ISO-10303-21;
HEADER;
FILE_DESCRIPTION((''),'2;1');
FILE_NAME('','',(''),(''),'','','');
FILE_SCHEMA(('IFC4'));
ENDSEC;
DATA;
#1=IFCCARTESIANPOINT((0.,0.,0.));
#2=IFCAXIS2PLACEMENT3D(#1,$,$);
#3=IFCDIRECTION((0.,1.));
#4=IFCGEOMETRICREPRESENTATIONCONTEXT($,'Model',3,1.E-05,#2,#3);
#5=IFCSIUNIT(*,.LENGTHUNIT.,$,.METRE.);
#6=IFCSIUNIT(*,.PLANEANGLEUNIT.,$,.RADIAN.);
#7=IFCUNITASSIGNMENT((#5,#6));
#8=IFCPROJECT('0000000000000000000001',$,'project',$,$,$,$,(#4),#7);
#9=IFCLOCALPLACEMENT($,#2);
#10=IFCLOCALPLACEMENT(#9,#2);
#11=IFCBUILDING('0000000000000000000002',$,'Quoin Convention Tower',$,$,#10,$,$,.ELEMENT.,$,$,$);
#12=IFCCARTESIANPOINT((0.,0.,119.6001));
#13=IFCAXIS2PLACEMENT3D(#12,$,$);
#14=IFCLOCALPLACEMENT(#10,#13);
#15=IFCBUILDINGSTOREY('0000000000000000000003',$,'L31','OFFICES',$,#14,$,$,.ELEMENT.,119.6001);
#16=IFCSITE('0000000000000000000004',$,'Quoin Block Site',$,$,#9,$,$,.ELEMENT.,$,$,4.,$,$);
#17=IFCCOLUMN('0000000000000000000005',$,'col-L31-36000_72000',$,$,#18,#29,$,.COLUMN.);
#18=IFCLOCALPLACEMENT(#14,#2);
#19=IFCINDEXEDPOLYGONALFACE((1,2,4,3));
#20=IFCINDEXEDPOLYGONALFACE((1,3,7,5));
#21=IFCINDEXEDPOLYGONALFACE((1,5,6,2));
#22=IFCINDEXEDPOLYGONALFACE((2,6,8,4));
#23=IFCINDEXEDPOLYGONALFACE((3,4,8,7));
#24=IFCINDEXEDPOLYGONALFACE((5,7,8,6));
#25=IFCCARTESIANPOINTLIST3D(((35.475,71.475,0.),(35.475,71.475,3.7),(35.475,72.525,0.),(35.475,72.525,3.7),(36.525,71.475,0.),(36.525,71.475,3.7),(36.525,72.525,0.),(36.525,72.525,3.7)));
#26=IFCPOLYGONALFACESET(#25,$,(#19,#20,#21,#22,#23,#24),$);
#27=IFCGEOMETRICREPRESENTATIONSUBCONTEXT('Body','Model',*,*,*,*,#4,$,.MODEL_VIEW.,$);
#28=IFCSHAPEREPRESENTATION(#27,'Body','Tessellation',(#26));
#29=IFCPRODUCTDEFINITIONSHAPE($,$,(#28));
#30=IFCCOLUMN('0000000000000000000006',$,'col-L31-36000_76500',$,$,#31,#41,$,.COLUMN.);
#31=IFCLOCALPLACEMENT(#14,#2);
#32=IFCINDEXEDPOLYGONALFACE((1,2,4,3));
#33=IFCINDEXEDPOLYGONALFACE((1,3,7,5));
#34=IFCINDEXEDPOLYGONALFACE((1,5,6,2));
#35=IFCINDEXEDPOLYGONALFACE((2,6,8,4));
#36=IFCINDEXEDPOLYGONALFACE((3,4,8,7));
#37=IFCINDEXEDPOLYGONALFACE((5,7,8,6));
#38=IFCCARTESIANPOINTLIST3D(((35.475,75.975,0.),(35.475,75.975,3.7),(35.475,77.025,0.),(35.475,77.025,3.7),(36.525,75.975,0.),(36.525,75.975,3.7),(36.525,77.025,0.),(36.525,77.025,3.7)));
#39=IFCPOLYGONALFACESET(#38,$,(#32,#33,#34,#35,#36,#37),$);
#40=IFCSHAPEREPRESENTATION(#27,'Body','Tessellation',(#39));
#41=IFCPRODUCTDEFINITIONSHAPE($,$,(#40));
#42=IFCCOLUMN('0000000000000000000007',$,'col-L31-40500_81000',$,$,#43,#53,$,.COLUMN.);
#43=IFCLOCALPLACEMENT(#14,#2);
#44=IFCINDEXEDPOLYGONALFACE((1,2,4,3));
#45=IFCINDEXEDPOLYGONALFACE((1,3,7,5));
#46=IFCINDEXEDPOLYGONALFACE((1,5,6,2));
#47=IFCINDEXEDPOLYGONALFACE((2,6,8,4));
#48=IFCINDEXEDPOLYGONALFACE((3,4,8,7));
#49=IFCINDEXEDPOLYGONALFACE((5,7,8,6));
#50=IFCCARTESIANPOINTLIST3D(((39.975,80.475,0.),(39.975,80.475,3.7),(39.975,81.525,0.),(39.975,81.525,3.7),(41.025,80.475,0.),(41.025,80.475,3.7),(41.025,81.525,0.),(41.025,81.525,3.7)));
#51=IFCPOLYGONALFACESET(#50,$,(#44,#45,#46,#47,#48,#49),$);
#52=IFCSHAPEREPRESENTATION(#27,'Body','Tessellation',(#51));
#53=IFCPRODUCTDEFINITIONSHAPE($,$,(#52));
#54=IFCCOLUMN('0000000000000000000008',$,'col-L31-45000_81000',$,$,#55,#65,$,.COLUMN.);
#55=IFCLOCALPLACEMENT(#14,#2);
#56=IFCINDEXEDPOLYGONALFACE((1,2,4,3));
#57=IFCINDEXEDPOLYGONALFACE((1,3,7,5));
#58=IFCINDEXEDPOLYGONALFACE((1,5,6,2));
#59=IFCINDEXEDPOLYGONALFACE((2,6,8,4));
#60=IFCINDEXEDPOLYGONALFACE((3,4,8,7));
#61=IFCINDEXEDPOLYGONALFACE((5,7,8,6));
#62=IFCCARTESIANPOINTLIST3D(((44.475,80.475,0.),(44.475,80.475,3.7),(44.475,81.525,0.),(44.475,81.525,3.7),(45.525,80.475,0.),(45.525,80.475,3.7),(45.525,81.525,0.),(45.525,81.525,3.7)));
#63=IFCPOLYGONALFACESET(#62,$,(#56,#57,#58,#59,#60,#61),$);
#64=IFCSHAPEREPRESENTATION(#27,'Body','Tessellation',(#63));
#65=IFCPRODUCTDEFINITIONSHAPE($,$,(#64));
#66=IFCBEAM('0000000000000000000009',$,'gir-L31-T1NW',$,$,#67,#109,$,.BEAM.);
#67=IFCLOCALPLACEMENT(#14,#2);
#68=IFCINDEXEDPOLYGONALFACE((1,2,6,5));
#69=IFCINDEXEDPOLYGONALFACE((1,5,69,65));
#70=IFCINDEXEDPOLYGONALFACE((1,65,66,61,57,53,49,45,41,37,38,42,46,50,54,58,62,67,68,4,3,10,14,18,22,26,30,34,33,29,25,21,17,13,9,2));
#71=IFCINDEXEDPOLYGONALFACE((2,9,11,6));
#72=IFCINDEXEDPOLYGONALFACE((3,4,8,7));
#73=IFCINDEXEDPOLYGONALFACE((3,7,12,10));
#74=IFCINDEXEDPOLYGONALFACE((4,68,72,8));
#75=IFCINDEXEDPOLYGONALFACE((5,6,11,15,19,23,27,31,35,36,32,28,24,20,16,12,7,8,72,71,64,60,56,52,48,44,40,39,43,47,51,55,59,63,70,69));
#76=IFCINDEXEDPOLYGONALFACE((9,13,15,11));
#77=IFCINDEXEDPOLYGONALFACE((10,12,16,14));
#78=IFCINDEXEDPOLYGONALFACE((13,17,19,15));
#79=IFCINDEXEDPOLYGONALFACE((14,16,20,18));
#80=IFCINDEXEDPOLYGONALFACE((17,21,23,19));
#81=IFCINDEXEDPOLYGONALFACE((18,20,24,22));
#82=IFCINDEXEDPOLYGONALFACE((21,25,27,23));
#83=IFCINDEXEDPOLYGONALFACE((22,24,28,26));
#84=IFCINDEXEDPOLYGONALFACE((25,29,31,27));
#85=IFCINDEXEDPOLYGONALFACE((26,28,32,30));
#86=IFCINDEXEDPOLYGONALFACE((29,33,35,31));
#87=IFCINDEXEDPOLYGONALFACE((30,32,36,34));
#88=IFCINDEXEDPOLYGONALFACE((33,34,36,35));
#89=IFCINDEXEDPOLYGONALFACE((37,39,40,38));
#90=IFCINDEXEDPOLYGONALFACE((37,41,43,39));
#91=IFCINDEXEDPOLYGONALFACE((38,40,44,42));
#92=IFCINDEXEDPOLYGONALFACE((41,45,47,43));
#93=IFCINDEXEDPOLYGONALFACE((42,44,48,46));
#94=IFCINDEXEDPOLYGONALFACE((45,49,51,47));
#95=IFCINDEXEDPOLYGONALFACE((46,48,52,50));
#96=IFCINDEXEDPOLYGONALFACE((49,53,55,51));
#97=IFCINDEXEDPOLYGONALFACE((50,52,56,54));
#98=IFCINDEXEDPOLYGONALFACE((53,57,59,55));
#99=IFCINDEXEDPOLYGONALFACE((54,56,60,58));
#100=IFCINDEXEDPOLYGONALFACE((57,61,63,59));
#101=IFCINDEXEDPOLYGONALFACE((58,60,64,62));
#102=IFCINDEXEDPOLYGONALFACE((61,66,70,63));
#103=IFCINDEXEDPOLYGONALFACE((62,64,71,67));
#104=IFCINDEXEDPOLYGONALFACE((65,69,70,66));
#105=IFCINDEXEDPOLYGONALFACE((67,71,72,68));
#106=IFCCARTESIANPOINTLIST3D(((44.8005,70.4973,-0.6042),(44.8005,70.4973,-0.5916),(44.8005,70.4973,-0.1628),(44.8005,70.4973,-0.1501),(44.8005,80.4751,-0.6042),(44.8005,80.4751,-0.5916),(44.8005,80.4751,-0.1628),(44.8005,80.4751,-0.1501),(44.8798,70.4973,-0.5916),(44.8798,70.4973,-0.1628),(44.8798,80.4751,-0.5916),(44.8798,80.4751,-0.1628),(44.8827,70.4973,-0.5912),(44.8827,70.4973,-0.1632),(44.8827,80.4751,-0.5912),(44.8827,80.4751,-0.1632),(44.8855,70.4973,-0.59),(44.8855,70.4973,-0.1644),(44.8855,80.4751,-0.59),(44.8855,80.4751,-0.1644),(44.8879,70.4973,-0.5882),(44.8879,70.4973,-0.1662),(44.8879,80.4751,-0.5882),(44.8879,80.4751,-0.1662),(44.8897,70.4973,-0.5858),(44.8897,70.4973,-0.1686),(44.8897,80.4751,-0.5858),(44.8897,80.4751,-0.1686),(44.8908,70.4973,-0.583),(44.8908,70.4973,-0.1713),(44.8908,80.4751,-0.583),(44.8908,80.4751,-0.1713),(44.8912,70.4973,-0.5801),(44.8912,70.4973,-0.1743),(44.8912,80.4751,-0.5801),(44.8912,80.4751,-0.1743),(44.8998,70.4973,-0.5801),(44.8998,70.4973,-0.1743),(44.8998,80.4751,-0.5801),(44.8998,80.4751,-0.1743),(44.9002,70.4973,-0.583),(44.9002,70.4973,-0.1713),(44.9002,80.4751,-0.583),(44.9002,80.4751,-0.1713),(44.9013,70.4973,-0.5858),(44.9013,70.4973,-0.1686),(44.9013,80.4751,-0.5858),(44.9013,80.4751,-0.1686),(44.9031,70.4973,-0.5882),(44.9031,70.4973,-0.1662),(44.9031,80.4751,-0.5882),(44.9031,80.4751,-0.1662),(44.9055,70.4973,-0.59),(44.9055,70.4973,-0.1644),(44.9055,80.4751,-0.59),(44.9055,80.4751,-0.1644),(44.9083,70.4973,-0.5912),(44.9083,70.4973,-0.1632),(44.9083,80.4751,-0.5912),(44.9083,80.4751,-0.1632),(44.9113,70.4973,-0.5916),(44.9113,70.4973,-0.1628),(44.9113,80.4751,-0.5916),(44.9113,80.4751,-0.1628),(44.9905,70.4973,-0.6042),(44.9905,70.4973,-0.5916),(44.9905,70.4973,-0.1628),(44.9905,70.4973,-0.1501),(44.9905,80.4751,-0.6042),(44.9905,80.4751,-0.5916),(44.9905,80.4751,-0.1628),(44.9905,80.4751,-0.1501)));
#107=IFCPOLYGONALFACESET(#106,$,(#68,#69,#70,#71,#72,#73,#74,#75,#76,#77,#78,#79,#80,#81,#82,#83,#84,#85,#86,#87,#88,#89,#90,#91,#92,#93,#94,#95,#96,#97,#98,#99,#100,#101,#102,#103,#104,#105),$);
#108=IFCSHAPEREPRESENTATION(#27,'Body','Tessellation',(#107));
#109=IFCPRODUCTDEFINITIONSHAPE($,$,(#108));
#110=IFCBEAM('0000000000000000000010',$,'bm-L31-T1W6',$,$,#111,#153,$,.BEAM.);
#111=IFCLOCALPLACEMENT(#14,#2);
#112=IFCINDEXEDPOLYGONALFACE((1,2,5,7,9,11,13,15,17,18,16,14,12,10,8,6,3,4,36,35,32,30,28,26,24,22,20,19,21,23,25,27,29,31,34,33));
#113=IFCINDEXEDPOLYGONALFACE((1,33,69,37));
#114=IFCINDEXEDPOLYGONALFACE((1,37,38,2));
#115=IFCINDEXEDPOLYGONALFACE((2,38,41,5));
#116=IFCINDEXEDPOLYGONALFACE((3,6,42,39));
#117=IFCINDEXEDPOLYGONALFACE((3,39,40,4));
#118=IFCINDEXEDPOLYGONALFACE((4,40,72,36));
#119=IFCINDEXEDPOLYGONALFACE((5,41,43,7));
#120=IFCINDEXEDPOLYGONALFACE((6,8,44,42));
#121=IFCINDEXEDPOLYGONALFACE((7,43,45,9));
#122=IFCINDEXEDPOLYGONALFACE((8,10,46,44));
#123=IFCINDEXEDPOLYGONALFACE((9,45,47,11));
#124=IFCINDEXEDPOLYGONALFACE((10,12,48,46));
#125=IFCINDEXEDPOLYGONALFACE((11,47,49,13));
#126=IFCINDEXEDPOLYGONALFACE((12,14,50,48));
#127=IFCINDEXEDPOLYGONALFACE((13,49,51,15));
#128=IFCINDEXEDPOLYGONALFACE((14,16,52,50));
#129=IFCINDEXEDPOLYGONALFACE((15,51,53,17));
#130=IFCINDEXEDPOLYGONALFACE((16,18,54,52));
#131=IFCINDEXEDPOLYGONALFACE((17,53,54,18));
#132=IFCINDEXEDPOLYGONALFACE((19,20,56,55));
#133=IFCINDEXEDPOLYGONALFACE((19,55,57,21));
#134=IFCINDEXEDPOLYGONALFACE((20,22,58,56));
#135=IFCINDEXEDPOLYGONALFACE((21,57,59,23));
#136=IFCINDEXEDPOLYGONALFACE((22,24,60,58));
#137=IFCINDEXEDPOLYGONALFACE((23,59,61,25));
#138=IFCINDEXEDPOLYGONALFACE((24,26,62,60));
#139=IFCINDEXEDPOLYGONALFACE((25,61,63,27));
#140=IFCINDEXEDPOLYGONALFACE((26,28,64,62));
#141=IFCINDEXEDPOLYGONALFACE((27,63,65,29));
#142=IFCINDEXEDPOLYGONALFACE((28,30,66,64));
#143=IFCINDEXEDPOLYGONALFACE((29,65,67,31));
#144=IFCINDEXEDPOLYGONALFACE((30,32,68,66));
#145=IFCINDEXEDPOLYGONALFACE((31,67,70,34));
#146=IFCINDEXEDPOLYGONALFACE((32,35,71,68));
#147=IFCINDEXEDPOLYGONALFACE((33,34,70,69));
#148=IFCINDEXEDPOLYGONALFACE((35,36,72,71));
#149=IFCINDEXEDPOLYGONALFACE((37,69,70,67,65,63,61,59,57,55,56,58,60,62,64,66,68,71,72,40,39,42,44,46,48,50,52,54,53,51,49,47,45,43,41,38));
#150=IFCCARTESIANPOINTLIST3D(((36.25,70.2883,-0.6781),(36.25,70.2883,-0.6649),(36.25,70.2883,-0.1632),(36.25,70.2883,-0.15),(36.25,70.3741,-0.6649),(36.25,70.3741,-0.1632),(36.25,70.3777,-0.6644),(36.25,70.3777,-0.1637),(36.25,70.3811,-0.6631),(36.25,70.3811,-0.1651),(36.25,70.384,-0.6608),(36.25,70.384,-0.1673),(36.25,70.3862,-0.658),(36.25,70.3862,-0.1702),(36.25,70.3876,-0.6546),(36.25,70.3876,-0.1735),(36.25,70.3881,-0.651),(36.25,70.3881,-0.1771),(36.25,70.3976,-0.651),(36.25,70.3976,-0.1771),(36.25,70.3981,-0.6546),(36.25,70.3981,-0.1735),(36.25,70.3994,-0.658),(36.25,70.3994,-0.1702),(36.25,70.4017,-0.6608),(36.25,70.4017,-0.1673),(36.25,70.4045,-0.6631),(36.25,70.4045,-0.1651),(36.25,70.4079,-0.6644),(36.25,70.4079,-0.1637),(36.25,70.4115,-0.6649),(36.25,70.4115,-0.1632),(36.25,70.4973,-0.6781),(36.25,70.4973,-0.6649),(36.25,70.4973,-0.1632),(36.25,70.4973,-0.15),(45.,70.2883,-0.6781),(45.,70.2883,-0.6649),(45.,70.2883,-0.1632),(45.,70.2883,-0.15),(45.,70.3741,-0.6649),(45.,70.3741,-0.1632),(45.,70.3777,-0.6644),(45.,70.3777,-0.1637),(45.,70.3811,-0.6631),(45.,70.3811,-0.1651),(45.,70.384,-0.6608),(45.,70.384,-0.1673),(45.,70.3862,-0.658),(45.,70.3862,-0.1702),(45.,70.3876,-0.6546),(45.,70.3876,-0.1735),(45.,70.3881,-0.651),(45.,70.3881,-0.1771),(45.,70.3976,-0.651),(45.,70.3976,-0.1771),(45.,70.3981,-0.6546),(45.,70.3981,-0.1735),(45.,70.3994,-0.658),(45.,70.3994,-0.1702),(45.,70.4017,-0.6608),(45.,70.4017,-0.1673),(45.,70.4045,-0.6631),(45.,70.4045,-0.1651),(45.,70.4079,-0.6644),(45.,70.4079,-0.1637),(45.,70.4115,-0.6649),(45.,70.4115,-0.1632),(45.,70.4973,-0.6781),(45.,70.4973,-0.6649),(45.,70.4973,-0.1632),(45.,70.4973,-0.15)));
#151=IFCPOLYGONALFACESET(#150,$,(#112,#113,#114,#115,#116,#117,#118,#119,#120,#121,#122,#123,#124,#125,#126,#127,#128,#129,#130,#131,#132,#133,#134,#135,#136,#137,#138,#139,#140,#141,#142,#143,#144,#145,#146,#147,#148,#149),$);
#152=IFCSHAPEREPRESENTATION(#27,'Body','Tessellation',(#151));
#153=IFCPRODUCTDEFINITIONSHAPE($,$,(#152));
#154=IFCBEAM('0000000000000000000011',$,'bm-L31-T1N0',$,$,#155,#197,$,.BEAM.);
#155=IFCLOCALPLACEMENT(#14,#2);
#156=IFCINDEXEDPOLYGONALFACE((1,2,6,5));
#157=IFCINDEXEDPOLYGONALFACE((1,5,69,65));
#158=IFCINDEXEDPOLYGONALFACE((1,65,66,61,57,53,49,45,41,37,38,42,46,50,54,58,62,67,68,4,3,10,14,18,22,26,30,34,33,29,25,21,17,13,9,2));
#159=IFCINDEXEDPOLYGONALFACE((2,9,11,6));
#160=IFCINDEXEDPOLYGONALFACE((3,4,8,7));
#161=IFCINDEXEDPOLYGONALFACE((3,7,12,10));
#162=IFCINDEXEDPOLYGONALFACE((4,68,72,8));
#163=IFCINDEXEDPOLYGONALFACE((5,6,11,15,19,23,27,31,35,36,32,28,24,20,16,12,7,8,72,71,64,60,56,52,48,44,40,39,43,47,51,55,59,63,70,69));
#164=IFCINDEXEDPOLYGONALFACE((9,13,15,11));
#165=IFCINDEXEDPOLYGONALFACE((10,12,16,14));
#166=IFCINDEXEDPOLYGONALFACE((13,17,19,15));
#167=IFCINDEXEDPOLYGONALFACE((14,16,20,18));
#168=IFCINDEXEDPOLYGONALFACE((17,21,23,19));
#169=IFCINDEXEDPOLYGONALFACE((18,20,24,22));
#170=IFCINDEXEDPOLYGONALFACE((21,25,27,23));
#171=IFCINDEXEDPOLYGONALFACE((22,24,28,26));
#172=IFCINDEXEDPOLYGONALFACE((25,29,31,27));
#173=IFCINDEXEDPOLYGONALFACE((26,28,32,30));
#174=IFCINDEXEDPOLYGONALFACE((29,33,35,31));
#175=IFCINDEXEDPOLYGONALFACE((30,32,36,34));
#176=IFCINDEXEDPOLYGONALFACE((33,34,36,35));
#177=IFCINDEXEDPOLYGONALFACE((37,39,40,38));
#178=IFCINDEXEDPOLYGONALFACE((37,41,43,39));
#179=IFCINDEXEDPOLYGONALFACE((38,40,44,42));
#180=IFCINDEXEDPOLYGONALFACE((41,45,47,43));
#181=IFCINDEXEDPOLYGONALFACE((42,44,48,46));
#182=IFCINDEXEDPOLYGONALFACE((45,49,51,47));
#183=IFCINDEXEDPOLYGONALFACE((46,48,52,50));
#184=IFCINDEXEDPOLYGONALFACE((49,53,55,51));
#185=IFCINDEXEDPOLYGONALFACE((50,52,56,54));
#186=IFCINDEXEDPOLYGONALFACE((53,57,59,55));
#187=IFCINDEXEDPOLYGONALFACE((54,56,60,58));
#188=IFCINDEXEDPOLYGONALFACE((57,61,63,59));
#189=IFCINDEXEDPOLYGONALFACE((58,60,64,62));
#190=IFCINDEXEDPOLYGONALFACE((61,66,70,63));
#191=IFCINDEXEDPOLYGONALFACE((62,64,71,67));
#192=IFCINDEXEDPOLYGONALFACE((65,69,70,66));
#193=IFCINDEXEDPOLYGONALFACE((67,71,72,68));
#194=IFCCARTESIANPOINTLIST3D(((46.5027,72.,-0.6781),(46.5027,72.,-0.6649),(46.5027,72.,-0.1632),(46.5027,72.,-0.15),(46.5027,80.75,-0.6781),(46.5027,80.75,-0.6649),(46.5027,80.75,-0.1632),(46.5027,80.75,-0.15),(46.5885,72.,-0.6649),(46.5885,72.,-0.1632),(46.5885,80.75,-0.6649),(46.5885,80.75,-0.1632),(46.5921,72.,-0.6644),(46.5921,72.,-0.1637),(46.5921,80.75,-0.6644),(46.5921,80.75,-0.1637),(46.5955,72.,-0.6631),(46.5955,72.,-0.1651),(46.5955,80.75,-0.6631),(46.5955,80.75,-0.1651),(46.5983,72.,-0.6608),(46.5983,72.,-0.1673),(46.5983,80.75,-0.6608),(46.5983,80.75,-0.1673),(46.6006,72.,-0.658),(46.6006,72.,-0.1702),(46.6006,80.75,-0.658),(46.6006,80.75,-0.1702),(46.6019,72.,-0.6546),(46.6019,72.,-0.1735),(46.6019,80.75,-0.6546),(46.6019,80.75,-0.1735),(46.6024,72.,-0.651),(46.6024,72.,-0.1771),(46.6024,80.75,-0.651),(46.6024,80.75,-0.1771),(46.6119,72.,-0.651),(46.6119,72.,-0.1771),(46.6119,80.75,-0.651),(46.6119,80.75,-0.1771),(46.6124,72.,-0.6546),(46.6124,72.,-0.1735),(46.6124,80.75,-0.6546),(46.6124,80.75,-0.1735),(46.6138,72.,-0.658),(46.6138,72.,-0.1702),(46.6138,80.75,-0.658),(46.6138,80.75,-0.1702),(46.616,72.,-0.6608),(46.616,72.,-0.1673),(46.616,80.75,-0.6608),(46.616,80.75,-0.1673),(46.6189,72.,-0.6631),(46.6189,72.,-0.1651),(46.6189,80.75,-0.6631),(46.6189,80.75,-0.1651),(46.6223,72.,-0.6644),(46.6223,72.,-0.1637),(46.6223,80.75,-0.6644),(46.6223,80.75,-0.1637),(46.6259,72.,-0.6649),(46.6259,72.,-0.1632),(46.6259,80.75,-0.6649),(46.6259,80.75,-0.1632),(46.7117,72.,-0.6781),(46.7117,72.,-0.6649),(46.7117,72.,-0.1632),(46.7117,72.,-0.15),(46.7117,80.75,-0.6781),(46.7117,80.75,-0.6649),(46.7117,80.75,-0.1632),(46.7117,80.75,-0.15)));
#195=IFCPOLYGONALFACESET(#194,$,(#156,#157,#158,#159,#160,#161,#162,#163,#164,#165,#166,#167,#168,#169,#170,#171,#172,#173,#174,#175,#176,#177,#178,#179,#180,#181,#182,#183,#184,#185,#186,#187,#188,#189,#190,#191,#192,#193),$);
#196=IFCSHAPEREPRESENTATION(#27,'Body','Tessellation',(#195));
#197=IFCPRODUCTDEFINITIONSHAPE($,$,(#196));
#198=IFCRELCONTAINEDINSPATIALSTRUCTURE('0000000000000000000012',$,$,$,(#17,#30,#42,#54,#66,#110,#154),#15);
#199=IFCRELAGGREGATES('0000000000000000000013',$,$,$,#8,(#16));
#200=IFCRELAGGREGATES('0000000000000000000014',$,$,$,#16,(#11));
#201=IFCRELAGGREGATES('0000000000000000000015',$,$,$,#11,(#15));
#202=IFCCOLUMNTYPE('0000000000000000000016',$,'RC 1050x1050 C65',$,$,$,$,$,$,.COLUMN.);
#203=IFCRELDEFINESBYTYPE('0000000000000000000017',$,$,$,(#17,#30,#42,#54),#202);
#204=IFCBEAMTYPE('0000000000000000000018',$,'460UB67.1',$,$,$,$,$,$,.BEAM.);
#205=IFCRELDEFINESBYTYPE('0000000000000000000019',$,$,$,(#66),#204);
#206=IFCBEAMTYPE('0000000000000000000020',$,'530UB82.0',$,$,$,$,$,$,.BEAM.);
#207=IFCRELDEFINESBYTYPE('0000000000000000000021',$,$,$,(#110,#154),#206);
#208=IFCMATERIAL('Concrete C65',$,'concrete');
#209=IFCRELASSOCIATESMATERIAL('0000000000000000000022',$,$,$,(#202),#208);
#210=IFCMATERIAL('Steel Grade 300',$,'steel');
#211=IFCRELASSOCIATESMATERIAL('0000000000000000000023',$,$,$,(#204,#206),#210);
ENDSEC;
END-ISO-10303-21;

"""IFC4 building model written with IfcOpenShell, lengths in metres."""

from ifc_helpers import new_model, si_unit, direction, frame, origin, origin_2d, place, context, subcontext, project, spatial, rectangle, i_section, extrude, material, material_profile, profile_set, type_object, element, save


model = new_model("IFC4")

# Units and contexts
model_context = context("Model", 3, precision=1e-05, world=origin(), true_north=direction((0.0, 1.0)))
body_context = subcontext(model_context, "Body", "Model", "MODEL_VIEW")
ifc_project = project(units=[si_unit("LENGTHUNIT", "METRE"), si_unit("PLANEANGLEUNIT", "RADIAN")], contexts=[model_context])

# Site, building, storey
site_placement = place(None, origin())
site = spatial("IfcSite", under=ifc_project, at=site_placement, Name="Quoin Block Site", CompositionType="ELEMENT", RefElevation=4.0)
building_placement = place(site_placement, origin())
building = spatial("IfcBuilding", under=site, at=building_placement, Name="Quoin Convention Tower", CompositionType="ELEMENT")
storey_placement = place(building_placement, frame((0.0, 0.0, 119.6001)))
storey = spatial("IfcBuildingStorey", under=building, at=storey_placement, Name="L31", Description="OFFICES", CompositionType="ELEMENT", Elevation=119.6001)

# Columns
ifc_material_1 = material(Name="Concrete C65", Category="concrete")
ifc_material_profile_1 = material_profile(ifc_material_1, rectangle(XDim=1.05, YDim=1.05, at=origin_2d()), Name="RC 1050x1050")
ifc_profile_set_1 = profile_set([ifc_material_profile_1], Name="Concrete C65")
column_type = type_object("IfcColumnType", Name="RC 1050x1050 C65", PredefinedType="COLUMN", material=ifc_profile_set_1)
for number, where, z_axis, x_axis, name in (
    (1, (36.0, 72.0, 0.0), (0.0, 0.0, 1.0), (1.0, 0.0, 0.0), "col-L31-36000_72000"),
    (2, (36.0, 76.5, 0.0), (0.0, 0.0, 1.0), (1.0, 0.0, 0.0), "col-L31-36000_76500"),
    (3, (40.5, 81.0, 0.0), (0.0, 0.0, 1.0), (1.0, 0.0, 0.0), "col-L31-40500_81000"),
    (4, (45.0, 81.0, 0.0), (0.0, 0.0, 1.0), (1.0, 0.0, 0.0), "col-L31-45000_81000"),
):
    element("IfcColumn", number, at=place(storey_placement, frame(where, z_axis=z_axis, x_axis=x_axis)), inside=storey, type_object=column_type, Name=name, PredefinedType="COLUMN", context=body_context, shape_type="SweptSolid", body=[
        extrude(rectangle(XDim=1.05, YDim=1.05, at=origin_2d()), origin(), (0.0, 0.0, 1.0), 3.7),
    ])

# Beams
ifc_material_2 = material(Name="Steel Grade 300", Category="steel")
ifc_material_profile_2 = material_profile(ifc_material_2, i_section(OverallWidth=0.1899, OverallDepth=0.4541, WebThickness=0.0085, FlangeThickness=0.0127, FilletRadius=0.0115, at=origin_2d()), Name="460UB67.1")
ifc_profile_set_2 = profile_set([ifc_material_profile_2], Name="Steel Grade 300")
beam_type_1 = type_object("IfcBeamType", Name="460UB67.1", PredefinedType="BEAM", material=ifc_profile_set_2)
beam_1_placement = place(storey_placement, frame((44.8955, 80.4751, -0.3772), z_axis=(0.0, -1.0, 0.0), x_axis=(1.0, 0.0, 0.0)))
element("IfcBeam", 5, at=beam_1_placement, inside=storey, type_object=beam_type_1, Name="gir-L31-T1NW", PredefinedType="BEAM", context=body_context, shape_type="SweptSolid", body=[
    extrude(i_section(OverallWidth=0.1899, OverallDepth=0.4541, WebThickness=0.0085, FlangeThickness=0.0127, FilletRadius=0.0115, at=origin_2d()), origin(), (0.0, 0.0, 1.0), 9.9778),
])
ifc_material_profile_3 = material_profile(ifc_material_2, i_section(OverallWidth=0.209, OverallDepth=0.5281, WebThickness=0.0095, FlangeThickness=0.0132, FilletRadius=0.0139, at=origin_2d()), Name="530UB82.0")
ifc_profile_set_3 = profile_set([ifc_material_profile_3], Name="Steel Grade 300")
beam_type_2 = type_object("IfcBeamType", Name="530UB82.0", PredefinedType="BEAM", material=ifc_profile_set_3)
for number, where, z_axis, x_axis, name in (
    (6, (36.25, 70.3928, -0.4141), (1.0, 0.0, 0.0), (0.0, 1.0, 0.0), "bm-L31-T1W6"),
    (7, (46.6072, 72.0, -0.4141), (0.0, 1.0, 0.0), (-1.0, 0.0, 0.0), "bm-L31-T1N0"),
):
    element("IfcBeam", number, at=place(storey_placement, frame(where, z_axis=z_axis, x_axis=x_axis)), inside=storey, type_object=beam_type_2, Name=name, PredefinedType="BEAM", context=body_context, shape_type="SweptSolid", body=[
        extrude(i_section(OverallWidth=0.209, OverallDepth=0.5281, WebThickness=0.0095, FlangeThickness=0.0132, FilletRadius=0.0139, at=origin_2d()), origin(), (0.0, 0.0, 1.0), 8.75),
    ])

save(model, "model.ifc")
